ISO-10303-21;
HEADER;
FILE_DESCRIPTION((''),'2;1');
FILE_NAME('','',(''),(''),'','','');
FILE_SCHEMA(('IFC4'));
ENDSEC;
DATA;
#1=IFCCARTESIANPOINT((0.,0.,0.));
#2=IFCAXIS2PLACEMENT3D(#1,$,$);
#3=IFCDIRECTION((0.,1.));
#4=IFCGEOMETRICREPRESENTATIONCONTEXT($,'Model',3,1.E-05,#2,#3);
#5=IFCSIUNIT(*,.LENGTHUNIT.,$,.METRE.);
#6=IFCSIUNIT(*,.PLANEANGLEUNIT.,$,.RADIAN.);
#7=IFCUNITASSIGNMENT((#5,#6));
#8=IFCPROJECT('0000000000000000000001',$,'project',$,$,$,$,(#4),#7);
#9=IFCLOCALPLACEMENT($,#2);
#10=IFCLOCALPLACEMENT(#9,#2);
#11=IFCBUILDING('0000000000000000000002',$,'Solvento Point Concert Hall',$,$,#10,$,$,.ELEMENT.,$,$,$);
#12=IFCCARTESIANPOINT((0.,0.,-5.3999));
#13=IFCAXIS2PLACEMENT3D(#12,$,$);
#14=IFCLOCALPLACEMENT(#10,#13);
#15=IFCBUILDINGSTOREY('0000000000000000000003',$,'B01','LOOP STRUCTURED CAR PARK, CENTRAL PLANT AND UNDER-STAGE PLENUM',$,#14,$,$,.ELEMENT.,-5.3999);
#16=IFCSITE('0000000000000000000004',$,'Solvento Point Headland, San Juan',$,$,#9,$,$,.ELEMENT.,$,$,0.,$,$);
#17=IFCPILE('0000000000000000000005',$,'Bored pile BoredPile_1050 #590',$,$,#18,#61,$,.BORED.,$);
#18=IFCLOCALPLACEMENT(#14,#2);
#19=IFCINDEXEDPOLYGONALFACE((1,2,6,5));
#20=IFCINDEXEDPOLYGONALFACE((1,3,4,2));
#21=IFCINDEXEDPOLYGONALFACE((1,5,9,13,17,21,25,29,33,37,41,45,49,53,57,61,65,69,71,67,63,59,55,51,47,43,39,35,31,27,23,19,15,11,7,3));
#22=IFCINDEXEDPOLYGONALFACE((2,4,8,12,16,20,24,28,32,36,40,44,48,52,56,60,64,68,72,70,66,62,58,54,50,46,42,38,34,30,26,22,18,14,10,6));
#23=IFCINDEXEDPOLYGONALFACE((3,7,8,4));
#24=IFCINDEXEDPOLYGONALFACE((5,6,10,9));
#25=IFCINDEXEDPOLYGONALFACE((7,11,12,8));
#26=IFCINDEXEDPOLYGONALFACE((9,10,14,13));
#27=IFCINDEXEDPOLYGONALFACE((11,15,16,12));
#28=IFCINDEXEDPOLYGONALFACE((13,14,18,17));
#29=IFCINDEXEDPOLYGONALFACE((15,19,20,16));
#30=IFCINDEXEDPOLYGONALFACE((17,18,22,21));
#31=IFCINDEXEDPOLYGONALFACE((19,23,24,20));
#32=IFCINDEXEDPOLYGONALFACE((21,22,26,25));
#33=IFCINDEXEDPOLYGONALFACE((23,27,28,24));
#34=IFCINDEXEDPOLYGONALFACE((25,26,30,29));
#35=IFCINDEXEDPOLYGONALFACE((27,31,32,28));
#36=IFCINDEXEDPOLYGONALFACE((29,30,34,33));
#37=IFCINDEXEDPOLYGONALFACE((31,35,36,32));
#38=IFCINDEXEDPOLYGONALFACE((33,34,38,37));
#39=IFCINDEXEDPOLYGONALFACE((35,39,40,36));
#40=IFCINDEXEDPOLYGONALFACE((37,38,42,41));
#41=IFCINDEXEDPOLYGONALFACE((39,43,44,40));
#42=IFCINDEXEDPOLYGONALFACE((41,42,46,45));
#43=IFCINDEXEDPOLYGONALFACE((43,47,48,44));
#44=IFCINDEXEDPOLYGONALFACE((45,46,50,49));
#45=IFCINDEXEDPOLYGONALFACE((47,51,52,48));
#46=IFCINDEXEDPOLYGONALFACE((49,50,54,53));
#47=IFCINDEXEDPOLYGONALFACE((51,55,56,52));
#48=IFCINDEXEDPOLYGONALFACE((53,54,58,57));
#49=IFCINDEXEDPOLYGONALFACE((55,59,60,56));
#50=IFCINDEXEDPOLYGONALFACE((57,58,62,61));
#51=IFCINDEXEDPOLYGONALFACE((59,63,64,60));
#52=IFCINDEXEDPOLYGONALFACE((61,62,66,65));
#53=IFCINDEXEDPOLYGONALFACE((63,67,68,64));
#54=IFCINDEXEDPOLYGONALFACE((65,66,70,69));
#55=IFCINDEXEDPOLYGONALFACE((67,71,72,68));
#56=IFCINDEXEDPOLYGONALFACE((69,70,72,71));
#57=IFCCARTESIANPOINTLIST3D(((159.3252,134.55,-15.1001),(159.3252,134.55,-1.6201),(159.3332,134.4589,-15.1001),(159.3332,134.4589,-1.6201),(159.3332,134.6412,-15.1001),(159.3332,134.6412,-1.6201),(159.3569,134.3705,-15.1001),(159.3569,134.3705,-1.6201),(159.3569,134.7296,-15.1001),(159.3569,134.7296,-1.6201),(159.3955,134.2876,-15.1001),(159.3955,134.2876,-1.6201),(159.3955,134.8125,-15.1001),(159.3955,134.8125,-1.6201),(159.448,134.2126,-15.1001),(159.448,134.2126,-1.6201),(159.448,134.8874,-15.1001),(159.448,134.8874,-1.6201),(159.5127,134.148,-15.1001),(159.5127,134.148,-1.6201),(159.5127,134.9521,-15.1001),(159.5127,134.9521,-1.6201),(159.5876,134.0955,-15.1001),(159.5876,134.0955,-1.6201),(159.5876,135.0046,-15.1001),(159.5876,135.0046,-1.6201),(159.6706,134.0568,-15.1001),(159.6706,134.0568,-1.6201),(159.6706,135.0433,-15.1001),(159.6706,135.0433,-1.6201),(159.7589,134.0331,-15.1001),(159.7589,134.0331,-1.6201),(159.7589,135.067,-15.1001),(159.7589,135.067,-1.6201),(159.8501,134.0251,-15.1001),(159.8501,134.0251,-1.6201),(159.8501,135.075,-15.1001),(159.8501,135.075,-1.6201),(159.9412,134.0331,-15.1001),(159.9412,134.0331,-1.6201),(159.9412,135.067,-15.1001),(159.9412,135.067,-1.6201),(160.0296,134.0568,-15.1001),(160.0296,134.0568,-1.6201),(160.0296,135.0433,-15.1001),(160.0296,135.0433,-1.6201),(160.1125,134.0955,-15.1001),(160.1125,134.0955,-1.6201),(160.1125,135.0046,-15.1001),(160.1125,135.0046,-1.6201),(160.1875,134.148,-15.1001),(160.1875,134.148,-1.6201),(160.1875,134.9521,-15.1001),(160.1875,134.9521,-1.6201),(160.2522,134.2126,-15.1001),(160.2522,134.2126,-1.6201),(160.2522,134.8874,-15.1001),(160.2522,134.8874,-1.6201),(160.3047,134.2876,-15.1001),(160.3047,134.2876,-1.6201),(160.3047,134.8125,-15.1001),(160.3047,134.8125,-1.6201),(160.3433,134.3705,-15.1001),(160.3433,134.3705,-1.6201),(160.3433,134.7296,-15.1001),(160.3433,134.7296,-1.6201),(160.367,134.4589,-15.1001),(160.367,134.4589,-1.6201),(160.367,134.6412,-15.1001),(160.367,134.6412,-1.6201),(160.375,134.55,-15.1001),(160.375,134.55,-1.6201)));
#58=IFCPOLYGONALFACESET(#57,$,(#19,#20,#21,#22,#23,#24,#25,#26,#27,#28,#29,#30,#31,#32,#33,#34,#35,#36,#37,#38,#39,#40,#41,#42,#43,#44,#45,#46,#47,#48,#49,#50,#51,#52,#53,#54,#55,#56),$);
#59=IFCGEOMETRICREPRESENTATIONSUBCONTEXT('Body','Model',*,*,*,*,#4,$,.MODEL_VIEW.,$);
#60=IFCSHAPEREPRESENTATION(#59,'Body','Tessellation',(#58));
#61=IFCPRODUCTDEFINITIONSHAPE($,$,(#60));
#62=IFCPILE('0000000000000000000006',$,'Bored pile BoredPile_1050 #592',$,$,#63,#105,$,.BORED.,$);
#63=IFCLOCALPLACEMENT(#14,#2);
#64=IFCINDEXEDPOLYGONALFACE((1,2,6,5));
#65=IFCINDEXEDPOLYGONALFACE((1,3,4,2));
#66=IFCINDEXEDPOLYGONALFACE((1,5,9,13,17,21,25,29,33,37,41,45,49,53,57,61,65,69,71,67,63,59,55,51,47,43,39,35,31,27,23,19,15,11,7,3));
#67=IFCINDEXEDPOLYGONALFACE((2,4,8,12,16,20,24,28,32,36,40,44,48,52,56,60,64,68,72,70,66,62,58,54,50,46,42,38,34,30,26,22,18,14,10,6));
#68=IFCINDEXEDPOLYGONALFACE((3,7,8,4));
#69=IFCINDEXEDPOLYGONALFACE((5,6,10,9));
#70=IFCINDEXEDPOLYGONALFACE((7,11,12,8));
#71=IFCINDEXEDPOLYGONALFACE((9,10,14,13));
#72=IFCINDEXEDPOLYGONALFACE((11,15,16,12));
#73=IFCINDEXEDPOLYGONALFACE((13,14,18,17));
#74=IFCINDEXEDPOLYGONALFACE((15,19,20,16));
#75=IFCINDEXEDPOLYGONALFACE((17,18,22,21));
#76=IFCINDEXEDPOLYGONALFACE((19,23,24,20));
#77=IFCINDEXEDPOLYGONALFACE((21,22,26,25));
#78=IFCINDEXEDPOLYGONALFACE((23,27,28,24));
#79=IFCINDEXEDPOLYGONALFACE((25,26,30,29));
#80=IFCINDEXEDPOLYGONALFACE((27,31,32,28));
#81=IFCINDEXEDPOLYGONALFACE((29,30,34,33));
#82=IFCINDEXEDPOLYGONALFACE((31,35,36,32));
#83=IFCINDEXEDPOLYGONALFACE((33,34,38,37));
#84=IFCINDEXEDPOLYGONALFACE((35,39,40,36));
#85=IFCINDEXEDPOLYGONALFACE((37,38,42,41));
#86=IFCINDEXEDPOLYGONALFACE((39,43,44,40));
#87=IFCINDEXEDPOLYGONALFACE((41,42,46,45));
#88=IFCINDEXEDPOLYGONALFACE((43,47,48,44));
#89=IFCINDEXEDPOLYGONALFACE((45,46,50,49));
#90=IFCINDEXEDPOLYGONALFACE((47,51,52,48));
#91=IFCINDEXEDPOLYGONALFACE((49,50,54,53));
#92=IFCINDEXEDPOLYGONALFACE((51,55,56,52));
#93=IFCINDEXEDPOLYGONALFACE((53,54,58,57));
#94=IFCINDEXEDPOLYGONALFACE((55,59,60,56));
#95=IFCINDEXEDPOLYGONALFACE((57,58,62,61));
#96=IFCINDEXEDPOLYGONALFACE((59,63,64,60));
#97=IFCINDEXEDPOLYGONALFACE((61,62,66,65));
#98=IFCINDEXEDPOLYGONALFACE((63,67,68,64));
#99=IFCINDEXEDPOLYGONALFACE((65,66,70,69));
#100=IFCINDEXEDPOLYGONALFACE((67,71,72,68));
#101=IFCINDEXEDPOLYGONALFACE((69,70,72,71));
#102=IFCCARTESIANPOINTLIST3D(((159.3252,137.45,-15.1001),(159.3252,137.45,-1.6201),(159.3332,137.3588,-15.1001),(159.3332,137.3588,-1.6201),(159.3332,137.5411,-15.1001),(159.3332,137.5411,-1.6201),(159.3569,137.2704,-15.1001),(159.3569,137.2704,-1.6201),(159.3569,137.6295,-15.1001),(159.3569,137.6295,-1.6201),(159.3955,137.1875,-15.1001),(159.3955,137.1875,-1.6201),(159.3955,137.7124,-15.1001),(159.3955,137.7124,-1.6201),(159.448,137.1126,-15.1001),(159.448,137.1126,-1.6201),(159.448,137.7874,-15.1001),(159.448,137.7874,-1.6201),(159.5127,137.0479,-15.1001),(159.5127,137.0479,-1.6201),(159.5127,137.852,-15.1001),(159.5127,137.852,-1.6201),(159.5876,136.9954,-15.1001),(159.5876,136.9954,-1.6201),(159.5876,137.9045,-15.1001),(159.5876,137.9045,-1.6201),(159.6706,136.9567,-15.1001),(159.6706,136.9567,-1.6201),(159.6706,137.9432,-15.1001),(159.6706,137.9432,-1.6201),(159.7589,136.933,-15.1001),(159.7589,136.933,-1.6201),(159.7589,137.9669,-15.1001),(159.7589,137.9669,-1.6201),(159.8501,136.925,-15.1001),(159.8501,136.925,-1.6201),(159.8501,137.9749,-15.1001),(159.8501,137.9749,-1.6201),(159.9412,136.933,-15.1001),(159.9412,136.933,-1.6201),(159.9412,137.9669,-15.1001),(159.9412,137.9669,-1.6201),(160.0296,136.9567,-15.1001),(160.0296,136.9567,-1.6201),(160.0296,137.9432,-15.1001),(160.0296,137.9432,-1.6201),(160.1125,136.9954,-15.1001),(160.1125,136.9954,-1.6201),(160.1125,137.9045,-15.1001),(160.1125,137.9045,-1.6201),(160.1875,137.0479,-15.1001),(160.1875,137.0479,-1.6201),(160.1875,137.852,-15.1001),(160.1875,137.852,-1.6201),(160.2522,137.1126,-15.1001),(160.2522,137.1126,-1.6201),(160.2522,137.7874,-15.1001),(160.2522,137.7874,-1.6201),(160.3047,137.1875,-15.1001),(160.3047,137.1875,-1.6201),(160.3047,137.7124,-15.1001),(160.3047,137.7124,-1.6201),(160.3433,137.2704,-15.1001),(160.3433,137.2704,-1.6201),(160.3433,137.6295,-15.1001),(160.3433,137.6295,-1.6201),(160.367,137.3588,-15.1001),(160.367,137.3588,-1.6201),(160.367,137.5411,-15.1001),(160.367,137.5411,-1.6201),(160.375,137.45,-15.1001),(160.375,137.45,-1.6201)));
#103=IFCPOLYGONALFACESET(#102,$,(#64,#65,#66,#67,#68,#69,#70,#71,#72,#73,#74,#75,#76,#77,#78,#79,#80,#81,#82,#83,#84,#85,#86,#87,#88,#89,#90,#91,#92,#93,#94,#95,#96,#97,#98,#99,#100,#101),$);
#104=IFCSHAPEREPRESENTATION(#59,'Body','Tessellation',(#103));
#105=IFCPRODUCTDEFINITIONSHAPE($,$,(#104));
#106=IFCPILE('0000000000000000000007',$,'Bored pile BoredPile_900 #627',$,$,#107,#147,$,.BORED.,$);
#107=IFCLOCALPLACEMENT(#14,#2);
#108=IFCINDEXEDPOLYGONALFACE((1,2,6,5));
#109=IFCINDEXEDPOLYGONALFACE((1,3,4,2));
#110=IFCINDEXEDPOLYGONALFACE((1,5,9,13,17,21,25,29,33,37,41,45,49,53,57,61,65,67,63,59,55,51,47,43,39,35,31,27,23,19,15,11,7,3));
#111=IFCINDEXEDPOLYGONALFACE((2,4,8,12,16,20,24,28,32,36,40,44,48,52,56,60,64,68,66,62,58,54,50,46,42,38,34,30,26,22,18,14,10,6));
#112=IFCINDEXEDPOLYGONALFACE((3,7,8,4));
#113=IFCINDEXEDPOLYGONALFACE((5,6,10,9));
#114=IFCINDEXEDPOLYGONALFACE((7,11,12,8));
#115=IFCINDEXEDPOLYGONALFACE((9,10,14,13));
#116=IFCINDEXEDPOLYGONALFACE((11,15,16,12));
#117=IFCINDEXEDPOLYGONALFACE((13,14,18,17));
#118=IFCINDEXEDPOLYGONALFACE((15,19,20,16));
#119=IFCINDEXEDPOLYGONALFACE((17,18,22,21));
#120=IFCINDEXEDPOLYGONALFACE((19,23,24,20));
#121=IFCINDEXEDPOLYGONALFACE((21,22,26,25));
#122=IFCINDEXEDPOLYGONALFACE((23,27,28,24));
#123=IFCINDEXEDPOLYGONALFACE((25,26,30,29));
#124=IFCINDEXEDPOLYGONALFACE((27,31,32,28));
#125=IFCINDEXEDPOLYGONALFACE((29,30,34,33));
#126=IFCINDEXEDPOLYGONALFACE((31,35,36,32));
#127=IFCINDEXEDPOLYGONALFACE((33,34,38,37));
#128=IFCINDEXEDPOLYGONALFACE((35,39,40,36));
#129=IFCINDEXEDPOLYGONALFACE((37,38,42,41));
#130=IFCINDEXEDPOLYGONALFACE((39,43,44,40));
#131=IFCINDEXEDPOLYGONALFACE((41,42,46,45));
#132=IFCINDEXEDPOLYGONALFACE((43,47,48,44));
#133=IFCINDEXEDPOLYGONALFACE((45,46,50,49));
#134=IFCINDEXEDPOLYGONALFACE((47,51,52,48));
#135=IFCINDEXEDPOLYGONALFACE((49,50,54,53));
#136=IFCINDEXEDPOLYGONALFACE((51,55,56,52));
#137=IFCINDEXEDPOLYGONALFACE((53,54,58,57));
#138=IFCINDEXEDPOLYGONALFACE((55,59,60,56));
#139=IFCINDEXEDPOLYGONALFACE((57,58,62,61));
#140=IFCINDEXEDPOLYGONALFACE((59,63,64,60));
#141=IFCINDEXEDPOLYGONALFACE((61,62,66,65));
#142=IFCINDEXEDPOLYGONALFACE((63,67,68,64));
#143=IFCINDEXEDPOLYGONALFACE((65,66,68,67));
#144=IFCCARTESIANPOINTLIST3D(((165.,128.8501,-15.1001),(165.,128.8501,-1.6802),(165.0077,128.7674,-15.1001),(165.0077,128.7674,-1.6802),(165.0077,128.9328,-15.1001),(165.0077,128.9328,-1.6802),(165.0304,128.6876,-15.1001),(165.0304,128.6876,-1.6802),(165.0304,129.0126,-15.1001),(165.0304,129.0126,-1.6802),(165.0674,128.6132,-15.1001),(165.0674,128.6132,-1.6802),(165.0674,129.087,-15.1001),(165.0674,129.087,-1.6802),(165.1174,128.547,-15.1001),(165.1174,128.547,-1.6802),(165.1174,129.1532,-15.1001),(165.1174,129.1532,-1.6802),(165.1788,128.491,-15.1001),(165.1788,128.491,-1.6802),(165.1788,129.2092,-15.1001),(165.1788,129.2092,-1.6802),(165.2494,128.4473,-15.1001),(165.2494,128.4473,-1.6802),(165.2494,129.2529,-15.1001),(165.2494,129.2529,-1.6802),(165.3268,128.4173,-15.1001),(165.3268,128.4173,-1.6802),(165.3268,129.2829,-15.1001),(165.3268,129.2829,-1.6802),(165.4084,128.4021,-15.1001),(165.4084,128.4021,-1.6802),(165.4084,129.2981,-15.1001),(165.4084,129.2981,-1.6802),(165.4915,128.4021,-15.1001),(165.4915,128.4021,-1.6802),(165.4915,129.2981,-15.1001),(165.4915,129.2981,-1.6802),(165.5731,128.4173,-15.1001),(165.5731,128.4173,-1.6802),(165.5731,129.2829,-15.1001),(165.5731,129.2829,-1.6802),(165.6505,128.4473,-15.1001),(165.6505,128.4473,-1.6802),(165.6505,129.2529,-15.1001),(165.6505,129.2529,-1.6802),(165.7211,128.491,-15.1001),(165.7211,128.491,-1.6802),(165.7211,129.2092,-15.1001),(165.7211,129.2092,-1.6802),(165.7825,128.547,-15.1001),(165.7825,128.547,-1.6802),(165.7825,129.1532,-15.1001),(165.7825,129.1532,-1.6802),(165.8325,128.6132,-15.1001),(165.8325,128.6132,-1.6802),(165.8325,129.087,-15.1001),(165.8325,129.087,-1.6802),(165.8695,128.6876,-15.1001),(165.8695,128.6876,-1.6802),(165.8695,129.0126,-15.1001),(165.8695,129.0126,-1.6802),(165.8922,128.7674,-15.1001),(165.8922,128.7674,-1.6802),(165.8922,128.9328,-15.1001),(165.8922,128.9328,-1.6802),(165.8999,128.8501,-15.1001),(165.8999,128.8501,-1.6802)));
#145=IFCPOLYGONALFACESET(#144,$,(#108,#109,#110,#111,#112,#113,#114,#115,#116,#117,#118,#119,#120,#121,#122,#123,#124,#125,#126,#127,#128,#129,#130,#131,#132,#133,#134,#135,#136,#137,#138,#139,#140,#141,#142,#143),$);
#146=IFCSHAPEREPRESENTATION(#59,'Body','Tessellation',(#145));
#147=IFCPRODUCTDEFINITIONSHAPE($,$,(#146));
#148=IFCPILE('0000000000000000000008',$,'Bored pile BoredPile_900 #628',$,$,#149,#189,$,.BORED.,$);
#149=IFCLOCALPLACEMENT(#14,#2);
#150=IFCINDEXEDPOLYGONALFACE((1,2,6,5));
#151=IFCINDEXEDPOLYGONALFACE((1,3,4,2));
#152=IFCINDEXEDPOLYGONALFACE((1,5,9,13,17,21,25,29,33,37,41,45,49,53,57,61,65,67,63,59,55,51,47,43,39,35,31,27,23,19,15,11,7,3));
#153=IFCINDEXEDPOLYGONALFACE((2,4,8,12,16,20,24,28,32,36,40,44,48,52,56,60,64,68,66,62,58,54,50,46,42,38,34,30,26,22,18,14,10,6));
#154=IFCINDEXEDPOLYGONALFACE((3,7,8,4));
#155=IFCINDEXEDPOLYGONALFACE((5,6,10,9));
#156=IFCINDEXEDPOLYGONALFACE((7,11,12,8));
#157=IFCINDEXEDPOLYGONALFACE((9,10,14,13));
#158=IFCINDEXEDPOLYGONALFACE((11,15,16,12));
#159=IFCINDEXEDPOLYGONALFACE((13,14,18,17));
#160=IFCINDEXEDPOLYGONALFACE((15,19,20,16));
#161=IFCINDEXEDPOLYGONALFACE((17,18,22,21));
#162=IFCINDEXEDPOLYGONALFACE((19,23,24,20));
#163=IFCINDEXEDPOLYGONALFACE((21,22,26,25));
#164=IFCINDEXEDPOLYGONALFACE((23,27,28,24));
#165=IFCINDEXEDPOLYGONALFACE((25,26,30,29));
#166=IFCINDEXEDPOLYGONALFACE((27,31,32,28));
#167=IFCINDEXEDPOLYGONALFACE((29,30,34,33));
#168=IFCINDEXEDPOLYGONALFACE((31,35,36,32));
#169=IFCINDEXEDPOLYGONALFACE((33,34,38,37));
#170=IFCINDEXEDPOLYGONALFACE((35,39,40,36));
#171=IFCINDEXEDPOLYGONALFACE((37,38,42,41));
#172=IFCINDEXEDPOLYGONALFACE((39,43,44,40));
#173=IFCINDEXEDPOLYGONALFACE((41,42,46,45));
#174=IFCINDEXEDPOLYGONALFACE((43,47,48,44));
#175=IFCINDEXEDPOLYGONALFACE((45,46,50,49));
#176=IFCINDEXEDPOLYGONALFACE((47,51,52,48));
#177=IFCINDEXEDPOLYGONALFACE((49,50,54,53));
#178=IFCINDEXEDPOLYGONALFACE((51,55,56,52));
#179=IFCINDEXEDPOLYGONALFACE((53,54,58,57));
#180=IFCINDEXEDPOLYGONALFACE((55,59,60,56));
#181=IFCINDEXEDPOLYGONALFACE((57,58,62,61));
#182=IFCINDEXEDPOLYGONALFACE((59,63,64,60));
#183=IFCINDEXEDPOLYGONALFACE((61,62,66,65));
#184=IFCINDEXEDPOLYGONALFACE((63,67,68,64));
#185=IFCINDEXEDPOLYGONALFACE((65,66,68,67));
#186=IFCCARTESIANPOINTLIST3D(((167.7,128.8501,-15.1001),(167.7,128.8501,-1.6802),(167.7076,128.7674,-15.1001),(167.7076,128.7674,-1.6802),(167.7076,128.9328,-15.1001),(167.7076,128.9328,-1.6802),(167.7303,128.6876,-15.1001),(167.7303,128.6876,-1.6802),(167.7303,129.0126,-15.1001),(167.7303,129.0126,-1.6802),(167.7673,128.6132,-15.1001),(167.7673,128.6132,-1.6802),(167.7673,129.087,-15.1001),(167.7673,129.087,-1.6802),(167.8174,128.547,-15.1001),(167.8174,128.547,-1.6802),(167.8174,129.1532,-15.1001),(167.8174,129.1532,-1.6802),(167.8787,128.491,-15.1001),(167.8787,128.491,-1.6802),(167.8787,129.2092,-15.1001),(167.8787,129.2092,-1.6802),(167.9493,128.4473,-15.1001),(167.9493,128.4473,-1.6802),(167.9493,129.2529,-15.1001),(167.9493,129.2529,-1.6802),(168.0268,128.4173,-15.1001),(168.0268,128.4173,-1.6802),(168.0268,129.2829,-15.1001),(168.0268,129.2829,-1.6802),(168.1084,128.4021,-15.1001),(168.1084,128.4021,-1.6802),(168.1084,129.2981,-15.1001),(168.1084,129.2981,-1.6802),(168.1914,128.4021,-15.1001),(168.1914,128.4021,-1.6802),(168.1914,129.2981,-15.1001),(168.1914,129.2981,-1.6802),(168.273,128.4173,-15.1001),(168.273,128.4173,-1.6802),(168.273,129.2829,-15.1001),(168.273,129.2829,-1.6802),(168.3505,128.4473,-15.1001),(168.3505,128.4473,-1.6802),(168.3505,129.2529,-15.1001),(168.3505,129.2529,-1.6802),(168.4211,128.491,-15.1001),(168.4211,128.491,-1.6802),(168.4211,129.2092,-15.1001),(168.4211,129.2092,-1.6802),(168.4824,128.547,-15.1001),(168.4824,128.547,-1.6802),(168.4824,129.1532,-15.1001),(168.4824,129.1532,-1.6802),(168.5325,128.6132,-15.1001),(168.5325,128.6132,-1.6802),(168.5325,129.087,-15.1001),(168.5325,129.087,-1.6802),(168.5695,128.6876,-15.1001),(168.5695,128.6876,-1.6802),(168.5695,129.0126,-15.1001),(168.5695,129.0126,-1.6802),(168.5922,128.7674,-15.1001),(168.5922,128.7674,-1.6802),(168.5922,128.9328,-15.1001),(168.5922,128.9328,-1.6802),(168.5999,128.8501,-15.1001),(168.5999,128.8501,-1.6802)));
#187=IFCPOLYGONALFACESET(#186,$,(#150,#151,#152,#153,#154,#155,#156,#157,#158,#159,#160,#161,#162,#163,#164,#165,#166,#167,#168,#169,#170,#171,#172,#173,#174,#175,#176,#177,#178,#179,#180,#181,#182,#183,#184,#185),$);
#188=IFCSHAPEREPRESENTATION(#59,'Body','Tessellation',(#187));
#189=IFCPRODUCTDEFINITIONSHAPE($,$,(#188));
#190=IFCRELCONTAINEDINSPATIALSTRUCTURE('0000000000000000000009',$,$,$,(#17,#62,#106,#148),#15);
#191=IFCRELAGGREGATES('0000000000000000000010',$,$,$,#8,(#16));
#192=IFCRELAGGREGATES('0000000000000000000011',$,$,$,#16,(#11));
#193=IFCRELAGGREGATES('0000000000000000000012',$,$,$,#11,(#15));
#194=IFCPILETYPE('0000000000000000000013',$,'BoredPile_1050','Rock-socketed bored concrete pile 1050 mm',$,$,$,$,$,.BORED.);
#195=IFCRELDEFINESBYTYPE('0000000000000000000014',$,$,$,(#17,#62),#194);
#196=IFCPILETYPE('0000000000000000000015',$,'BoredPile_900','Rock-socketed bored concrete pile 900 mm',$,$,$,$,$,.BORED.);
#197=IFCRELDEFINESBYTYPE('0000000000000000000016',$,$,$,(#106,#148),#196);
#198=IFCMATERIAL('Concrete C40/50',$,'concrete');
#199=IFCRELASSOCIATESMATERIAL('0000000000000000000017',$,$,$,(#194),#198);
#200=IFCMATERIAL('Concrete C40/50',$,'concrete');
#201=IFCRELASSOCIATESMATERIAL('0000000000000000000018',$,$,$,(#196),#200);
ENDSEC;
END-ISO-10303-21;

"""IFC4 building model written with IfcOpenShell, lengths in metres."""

from ifc_helpers import new_model, si_unit, direction, frame, origin, origin_2d, place, context, subcontext, project, spatial, circle, extrude, material, material_profile, profile_set, type_object, element, save


model = new_model("IFC4")

# Units and contexts
model_context = context("Model", 3, precision=1e-05, world=origin(), true_north=direction((0.0, 1.0)))
body_context = subcontext(model_context, "Body", "Model", "MODEL_VIEW")
ifc_project = project(units=[si_unit("LENGTHUNIT", "METRE"), si_unit("PLANEANGLEUNIT", "RADIAN")], contexts=[model_context])

# Site, building, storey
site_placement = place(None, origin())
site = spatial("IfcSite", under=ifc_project, at=site_placement, Name="Solvento Point Headland, San Juan", CompositionType="ELEMENT", RefElevation=0.0)
building_placement = place(site_placement, origin())
building = spatial("IfcBuilding", under=site, at=building_placement, Name="Solvento Point Concert Hall", CompositionType="ELEMENT")
storey_placement = place(building_placement, frame((0.0, 0.0, -5.3999)))
storey = spatial("IfcBuildingStorey", under=building, at=storey_placement, Name="B01", Description="LOOP STRUCTURED CAR PARK, CENTRAL PLANT AND UNDER-STAGE PLENUM", CompositionType="ELEMENT", Elevation=-5.3999)

# Piles
ifc_material_1 = material(Name="Concrete C40/50", Category="concrete")
ifc_material_profile_1 = material_profile(ifc_material_1, circle(Radius=0.5249, at=origin_2d()), Name="BP-1050")
ifc_profile_set_1 = profile_set([ifc_material_profile_1], Name="Concrete C40/50")
pile_type_1 = type_object("IfcPileType", Name="BoredPile_1050", Description="Rock-socketed bored concrete pile 1050 mm", PredefinedType="BORED", material=ifc_profile_set_1)
for number, where, z_axis, x_axis, name in (
    (1, (159.8501, 134.55, -1.6201), (0.0, 0.0, -1.0), (1.0, 0.0, 0.0), "Bored pile BoredPile_1050 #590"),
    (2, (159.8501, 137.45, -1.6201), (0.0, 0.0, -1.0), (1.0, 0.0, 0.0), "Bored pile BoredPile_1050 #592"),
):
    element("IfcPile", number, at=place(storey_placement, frame(where, z_axis=z_axis, x_axis=x_axis)), inside=storey, type_object=pile_type_1, Name=name, PredefinedType="BORED", context=body_context, shape_type="SweptSolid", body=[
        extrude(circle(Radius=0.5249, at=origin_2d()), origin(), (0.0, 0.0, 1.0), 13.48),
    ])
ifc_material_2 = material(Name="Concrete C40/50", Category="concrete")
ifc_material_profile_2 = material_profile(ifc_material_2, circle(Radius=0.45, at=origin_2d()), Name="BP-900")
ifc_profile_set_2 = profile_set([ifc_material_profile_2], Name="Concrete C40/50")
pile_type_2 = type_object("IfcPileType", Name="BoredPile_900", Description="Rock-socketed bored concrete pile 900 mm", PredefinedType="BORED", material=ifc_profile_set_2)
for number, where, z_axis, x_axis, name in (
    (3, (165.45, 128.8501, -1.6802), (0.0, 0.0, -1.0), (1.0, 0.0, 0.0), "Bored pile BoredPile_900 #627"),
    (4, (168.1499, 128.8501, -1.6802), (0.0, 0.0, -1.0), (1.0, 0.0, 0.0), "Bored pile BoredPile_900 #628"),
):
    element("IfcPile", number, at=place(storey_placement, frame(where, z_axis=z_axis, x_axis=x_axis)), inside=storey, type_object=pile_type_2, Name=name, PredefinedType="BORED", context=body_context, shape_type="SweptSolid", body=[
        extrude(circle(Radius=0.45, at=origin_2d()), origin(), (0.0, 0.0, 1.0), 13.4199),
    ])

save(model, "model.ifc")
